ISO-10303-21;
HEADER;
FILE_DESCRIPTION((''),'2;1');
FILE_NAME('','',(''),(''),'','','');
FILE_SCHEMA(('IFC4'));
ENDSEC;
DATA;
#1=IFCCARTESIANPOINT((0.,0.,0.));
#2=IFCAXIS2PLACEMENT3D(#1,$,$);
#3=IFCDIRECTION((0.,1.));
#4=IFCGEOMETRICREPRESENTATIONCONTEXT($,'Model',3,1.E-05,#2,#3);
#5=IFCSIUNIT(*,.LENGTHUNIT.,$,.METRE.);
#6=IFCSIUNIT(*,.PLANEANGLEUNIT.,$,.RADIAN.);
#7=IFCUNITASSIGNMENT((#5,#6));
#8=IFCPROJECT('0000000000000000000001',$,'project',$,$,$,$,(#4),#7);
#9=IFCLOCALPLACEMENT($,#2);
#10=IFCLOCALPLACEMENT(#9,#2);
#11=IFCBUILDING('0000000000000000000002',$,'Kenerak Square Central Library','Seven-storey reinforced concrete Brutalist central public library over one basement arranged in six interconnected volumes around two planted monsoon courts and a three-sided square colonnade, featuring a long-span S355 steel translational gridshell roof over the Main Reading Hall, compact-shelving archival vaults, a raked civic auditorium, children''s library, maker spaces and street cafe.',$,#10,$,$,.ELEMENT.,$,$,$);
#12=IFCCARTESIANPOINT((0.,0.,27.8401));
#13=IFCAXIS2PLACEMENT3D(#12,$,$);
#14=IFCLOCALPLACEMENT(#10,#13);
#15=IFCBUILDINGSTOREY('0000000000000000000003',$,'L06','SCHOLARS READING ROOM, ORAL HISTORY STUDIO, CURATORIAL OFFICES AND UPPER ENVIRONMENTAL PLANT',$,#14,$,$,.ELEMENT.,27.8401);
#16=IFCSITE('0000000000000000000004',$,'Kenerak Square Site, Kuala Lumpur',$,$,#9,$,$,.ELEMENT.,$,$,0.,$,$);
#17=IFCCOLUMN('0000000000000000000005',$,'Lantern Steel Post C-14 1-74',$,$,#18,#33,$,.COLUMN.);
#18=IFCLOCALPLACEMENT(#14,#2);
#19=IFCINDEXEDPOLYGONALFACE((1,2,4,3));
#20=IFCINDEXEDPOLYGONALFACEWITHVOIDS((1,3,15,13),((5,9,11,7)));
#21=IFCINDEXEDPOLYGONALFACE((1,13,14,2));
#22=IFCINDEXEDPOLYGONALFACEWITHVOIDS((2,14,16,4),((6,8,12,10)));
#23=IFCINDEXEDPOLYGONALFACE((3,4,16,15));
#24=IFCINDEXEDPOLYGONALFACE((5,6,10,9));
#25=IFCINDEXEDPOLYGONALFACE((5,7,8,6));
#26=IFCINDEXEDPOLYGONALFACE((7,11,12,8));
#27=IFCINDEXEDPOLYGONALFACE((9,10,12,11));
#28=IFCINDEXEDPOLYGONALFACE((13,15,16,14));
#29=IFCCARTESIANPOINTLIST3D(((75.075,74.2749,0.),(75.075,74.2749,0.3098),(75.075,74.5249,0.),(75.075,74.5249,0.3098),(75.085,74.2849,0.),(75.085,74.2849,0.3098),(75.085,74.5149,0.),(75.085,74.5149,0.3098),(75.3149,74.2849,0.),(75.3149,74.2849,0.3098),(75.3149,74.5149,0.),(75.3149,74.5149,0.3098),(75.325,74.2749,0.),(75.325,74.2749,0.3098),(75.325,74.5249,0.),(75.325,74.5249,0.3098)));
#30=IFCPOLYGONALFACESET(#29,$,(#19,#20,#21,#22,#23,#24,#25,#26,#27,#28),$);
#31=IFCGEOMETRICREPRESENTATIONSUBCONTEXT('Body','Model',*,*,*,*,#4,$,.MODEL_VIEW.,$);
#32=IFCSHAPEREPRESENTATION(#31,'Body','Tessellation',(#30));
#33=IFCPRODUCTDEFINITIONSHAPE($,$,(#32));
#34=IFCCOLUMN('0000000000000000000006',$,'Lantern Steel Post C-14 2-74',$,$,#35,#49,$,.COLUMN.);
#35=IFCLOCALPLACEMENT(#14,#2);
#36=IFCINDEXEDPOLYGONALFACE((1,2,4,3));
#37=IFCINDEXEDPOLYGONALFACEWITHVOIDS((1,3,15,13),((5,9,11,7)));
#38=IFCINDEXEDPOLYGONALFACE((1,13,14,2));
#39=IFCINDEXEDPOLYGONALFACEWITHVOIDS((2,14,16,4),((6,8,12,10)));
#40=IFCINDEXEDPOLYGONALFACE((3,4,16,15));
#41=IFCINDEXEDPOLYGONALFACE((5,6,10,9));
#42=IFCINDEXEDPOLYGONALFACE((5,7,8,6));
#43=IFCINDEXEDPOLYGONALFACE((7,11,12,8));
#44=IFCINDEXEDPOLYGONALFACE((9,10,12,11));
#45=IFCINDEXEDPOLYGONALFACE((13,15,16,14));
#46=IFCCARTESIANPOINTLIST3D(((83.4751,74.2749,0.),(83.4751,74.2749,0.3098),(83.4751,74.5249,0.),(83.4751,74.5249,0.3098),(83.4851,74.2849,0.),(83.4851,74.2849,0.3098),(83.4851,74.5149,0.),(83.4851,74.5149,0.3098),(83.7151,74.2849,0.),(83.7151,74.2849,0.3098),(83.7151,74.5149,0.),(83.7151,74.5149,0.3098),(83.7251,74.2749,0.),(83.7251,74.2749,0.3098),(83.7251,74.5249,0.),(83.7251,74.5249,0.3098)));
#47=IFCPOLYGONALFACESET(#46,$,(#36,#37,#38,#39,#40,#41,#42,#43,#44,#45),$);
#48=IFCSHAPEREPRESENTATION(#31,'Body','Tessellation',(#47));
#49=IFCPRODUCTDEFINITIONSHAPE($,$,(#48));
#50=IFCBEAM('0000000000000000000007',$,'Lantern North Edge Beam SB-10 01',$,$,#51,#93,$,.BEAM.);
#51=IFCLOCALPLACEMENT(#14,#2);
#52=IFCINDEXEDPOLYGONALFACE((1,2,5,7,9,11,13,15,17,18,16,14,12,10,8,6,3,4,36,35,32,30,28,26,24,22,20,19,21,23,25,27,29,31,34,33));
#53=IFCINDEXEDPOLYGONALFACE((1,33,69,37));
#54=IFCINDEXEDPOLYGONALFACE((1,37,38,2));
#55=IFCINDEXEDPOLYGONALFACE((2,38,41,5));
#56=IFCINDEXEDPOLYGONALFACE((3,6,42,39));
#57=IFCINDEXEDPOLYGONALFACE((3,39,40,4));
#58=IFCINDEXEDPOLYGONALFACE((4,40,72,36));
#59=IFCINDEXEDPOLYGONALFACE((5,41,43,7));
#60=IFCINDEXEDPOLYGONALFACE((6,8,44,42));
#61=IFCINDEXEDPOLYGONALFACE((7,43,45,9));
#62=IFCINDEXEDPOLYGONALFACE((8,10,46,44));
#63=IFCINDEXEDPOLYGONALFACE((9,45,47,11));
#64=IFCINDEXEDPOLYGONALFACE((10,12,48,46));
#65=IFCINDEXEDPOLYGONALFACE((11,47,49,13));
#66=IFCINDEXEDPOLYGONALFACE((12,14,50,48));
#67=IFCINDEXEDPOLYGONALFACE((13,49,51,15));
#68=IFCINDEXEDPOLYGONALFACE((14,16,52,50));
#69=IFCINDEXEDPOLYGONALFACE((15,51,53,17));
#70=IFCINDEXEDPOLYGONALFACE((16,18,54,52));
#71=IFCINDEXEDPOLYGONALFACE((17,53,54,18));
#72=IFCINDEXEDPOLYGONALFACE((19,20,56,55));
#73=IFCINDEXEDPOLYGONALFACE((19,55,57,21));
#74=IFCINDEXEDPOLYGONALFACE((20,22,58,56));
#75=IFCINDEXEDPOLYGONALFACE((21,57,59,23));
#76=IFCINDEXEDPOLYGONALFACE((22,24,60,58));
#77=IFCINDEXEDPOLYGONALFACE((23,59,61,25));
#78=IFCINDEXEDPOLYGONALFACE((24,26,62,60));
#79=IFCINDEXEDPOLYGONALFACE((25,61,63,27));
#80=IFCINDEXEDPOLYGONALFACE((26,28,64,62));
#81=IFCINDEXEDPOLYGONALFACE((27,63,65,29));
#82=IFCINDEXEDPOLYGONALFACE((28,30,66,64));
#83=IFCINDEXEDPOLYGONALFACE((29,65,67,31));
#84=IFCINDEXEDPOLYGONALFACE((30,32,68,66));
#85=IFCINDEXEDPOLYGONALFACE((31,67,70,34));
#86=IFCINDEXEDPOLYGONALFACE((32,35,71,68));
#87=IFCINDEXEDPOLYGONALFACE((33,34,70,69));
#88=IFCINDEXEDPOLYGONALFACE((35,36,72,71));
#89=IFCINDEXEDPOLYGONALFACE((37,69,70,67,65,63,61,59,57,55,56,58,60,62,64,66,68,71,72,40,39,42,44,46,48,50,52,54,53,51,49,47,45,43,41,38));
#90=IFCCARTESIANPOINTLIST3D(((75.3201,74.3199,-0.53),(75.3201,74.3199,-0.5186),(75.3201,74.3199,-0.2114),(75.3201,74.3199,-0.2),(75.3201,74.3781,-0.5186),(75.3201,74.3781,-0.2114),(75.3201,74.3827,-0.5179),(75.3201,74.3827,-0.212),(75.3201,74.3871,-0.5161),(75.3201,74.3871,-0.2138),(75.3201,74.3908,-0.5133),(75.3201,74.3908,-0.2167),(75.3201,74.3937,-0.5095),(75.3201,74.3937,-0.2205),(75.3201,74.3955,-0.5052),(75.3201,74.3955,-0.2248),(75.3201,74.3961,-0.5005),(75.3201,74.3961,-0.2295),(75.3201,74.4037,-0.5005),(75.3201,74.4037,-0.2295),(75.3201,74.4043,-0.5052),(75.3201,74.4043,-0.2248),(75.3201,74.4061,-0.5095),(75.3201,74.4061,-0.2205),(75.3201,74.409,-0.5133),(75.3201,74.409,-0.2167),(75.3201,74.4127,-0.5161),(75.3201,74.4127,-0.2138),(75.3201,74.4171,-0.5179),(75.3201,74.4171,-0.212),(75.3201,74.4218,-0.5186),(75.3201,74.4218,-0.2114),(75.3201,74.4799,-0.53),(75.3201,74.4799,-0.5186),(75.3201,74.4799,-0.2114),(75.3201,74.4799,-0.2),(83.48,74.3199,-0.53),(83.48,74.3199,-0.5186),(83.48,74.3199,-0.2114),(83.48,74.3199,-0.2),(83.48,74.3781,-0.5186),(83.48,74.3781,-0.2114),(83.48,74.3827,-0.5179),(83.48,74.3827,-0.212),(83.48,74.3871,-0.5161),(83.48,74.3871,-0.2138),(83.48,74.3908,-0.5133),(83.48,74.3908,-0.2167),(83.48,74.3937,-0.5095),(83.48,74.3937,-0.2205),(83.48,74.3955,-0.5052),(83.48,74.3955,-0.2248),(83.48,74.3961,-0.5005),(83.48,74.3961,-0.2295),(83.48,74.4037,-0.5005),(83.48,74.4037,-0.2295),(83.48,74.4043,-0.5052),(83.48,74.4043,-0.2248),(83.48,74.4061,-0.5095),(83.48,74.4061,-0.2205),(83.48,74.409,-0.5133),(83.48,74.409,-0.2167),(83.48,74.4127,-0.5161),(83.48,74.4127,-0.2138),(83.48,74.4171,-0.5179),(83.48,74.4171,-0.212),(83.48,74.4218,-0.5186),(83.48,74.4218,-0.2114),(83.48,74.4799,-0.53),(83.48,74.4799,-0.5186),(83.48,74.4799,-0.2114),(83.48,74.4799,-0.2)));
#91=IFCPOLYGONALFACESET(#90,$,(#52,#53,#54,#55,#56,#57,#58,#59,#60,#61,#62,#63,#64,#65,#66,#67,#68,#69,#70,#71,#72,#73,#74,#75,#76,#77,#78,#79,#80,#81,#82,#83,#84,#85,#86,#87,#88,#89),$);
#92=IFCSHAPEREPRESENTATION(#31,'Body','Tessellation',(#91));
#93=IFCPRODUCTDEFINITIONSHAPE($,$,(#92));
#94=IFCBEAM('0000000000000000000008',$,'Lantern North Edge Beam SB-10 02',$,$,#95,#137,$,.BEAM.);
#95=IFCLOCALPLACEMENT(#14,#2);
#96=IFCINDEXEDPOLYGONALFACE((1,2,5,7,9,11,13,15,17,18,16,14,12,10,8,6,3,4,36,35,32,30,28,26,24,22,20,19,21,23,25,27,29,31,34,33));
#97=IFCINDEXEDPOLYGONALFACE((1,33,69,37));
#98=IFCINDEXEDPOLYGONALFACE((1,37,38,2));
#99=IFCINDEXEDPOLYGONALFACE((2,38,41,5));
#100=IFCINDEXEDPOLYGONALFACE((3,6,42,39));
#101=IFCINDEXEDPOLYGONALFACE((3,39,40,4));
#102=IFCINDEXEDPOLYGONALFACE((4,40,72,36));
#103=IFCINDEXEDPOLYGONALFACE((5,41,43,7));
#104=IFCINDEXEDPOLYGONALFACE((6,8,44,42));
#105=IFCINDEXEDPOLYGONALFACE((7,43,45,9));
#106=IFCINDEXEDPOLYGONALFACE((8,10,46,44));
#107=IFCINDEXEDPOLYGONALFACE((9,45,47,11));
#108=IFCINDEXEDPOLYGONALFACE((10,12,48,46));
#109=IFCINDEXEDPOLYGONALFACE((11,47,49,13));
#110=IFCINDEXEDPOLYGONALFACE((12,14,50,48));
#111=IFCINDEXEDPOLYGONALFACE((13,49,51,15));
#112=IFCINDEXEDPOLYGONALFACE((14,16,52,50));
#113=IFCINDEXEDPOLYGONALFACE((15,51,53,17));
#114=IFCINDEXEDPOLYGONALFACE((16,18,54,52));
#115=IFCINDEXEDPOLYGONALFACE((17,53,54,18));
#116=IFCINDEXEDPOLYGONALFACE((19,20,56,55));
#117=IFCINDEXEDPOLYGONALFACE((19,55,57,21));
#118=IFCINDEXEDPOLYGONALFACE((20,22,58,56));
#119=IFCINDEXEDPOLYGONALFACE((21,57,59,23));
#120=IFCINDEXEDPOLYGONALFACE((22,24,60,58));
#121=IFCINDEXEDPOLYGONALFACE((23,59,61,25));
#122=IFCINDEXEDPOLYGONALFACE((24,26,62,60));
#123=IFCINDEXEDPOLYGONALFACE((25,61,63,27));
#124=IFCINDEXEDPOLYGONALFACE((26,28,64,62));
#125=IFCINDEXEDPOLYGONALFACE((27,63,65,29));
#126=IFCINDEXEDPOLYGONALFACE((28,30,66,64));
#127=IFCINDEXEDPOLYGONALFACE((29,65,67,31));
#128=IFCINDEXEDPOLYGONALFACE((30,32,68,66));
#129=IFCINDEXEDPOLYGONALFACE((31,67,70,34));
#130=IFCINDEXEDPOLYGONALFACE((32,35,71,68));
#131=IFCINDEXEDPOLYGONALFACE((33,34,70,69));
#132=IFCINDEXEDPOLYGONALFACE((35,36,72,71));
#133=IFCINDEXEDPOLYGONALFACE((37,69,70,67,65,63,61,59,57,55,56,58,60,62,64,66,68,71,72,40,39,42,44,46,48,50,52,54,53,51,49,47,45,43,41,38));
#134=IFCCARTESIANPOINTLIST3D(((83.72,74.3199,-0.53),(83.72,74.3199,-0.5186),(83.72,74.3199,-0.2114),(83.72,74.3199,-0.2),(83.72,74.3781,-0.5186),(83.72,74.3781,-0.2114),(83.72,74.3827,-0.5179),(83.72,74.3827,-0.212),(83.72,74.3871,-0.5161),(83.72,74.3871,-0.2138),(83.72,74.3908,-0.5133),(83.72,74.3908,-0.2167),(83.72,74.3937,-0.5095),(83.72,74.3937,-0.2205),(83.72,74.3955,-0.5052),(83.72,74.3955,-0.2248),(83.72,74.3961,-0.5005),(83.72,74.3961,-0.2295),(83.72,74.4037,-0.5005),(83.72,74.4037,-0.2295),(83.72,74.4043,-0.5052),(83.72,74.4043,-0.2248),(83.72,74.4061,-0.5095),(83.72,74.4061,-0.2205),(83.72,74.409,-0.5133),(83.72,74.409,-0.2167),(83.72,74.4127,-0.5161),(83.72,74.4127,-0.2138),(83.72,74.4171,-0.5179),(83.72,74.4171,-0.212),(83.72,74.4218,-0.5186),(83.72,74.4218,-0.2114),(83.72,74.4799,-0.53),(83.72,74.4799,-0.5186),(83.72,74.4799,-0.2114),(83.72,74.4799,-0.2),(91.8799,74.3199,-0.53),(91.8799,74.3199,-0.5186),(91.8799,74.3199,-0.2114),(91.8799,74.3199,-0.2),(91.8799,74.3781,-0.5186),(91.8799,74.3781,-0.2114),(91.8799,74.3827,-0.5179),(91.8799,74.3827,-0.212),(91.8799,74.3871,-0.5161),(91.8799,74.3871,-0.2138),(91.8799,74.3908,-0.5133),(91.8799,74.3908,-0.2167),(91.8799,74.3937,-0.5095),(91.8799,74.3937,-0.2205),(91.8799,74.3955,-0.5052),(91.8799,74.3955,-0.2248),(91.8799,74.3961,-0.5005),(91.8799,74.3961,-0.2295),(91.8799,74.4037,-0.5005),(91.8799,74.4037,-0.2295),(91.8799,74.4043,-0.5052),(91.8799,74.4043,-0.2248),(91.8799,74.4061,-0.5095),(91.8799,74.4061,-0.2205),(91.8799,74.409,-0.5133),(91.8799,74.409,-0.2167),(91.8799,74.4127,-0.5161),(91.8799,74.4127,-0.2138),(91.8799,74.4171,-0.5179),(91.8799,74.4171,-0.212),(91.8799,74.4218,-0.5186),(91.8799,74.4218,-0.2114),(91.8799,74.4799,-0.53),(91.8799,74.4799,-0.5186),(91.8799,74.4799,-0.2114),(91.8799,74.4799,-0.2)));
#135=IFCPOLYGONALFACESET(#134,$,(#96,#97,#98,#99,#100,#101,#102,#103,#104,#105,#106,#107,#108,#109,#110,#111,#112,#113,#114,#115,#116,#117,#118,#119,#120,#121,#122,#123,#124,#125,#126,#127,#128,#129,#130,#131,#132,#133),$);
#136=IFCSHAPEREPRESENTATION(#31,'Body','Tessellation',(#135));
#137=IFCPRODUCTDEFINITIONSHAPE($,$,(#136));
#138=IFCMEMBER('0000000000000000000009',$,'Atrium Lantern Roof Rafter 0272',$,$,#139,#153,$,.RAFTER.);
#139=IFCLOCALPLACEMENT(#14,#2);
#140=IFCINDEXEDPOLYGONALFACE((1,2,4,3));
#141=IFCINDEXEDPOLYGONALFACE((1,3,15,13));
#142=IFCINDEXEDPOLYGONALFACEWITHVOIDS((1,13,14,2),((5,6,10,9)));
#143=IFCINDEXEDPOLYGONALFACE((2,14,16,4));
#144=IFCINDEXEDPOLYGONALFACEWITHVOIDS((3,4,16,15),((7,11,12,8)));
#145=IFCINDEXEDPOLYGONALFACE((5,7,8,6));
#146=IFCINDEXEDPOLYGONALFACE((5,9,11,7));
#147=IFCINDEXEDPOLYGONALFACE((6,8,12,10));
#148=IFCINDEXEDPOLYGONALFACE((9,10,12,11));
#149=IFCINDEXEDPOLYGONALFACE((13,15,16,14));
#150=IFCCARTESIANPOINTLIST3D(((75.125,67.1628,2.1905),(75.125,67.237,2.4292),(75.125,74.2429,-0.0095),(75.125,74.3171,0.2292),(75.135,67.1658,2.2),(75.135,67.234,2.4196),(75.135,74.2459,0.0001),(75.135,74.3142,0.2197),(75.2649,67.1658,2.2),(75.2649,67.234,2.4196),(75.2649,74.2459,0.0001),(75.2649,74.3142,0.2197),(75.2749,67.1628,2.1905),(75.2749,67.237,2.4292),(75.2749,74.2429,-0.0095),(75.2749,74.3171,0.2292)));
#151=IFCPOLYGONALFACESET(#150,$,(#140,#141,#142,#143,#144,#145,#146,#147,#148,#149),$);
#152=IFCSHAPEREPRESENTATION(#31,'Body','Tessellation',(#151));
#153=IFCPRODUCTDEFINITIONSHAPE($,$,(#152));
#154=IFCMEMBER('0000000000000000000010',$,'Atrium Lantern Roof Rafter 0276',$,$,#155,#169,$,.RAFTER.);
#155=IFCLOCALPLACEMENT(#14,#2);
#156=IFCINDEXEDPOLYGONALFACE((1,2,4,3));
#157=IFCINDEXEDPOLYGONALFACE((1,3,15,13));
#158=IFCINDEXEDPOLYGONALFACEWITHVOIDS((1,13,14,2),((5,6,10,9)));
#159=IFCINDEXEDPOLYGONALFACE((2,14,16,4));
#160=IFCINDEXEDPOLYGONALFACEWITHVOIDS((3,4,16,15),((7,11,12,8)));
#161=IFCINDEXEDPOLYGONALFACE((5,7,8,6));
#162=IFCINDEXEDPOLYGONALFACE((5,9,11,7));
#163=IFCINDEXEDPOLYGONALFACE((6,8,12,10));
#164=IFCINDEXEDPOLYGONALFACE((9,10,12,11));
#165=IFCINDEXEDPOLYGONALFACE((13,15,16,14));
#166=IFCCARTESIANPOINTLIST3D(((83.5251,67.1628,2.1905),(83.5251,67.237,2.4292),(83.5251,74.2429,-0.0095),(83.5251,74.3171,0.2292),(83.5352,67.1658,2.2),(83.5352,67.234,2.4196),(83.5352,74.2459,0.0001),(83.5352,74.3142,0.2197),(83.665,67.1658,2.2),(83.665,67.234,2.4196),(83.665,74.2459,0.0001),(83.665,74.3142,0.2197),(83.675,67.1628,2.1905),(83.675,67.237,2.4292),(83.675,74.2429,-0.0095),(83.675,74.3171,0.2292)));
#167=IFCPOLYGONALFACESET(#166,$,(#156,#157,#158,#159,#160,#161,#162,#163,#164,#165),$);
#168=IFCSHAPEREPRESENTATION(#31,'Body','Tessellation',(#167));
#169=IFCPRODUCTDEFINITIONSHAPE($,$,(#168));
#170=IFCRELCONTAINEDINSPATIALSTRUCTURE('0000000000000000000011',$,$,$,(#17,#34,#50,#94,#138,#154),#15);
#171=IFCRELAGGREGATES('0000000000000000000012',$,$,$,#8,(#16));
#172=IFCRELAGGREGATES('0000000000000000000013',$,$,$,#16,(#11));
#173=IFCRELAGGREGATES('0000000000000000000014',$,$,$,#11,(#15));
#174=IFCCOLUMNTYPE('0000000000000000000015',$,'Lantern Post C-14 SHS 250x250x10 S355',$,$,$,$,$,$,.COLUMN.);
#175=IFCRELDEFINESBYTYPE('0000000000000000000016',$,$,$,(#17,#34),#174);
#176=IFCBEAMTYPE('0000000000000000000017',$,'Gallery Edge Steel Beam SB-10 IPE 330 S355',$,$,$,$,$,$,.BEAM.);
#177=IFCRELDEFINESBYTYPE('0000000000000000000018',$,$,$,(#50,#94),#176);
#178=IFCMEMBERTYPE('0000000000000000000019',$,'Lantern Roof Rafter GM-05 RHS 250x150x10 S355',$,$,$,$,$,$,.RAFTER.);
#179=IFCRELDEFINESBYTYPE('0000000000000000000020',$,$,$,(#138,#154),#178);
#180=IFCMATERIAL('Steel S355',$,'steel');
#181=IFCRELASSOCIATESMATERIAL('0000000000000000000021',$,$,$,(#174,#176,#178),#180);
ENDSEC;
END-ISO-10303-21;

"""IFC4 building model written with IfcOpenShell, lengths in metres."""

from ifc_helpers import new_model, si_unit, direction, frame, origin, origin_2d, place, context, subcontext, project, spatial, hollow_rectangle, i_section, extrude, material, material_profile, profile_set, type_object, element, save


model = new_model("IFC4")

# Units and contexts
model_context = context("Model", 3, precision=1e-05, world=origin(), true_north=direction((0.0, 1.0)))
body_context = subcontext(model_context, "Body", "Model", "MODEL_VIEW")
ifc_project = project(units=[si_unit("LENGTHUNIT", "METRE"), si_unit("PLANEANGLEUNIT", "RADIAN")], contexts=[model_context])

# Site, building, storey
site_placement = place(None, origin())
site = spatial("IfcSite", under=ifc_project, at=site_placement, Name="Kenerak Square Site, Kuala Lumpur", CompositionType="ELEMENT", RefElevation=0.0)
building_placement = place(site_placement, origin())
building = spatial("IfcBuilding", under=site, at=building_placement, Name="Kenerak Square Central Library", Description="Seven-storey reinforced concrete Brutalist central public library over one basement arranged in six interconnected volumes around two planted monsoon courts and a three-sided square colonnade, featuring a long-span S355 steel translational gridshell roof over the Main Reading Hall, compact-shelving archival vaults, a raked civic auditorium, children's library, maker spaces and street cafe.", CompositionType="ELEMENT")
storey_placement = place(building_placement, frame((0.0, 0.0, 27.8401)))
storey = spatial("IfcBuildingStorey", under=building, at=storey_placement, Name="L06", Description="SCHOLARS READING ROOM, ORAL HISTORY STUDIO, CURATORIAL OFFICES AND UPPER ENVIRONMENTAL PLANT", CompositionType="ELEMENT", Elevation=27.8401)

# Columns
ifc_material_1 = material(Name="Steel S355", Category="steel")
ifc_material_profile_1 = material_profile(ifc_material_1, hollow_rectangle(XDim=0.25, YDim=0.25, WallThickness=0.01, at=origin_2d()), Name="SHS 250x250x10.0")
ifc_profile_set_1 = profile_set([ifc_material_profile_1], Name="Steel S355")
column_type = type_object("IfcColumnType", Name="Lantern Post C-14 SHS 250x250x10 S355", PredefinedType="COLUMN", material=ifc_profile_set_1)
for number, where, z_axis, x_axis, name in (
    (1, (75.2, 74.3999, 0.0), (0.0, 0.0, 1.0), (1.0, 0.0, 0.0), "Lantern Steel Post C-14 1-74"),
    (2, (83.6001, 74.3999, 0.0), (0.0, 0.0, 1.0), (1.0, 0.0, 0.0), "Lantern Steel Post C-14 2-74"),
):
    element("IfcColumn", number, at=place(storey_placement, frame(where, z_axis=z_axis, x_axis=x_axis)), inside=storey, type_object=column_type, Name=name, PredefinedType="COLUMN", context=body_context, shape_type="SweptSolid", body=[
        extrude(hollow_rectangle(XDim=0.25, YDim=0.25, WallThickness=0.01, at=origin_2d()), origin(), (0.0, 0.0, 1.0), 0.3098),
    ])

# Beams
ifc_material_profile_2 = material_profile(ifc_material_1, i_section(OverallWidth=0.1599, OverallDepth=0.3301, WebThickness=0.0076, FlangeThickness=0.0115, FilletRadius=0.0181, at=origin_2d()), Name="IPE 330")
ifc_profile_set_2 = profile_set([ifc_material_profile_2], Name="Steel S355")
beam_type_1 = type_object("IfcBeamType", Name="Gallery Edge Steel Beam SB-10 IPE 330 S355", PredefinedType="BEAM", material=ifc_profile_set_2)
for number, where, z_axis, x_axis, name in (
    (3, (75.3201, 74.3999, -0.365), (1.0, 0.0, 0.0), (0.0, 1.0, 0.0), "Lantern North Edge Beam SB-10 01"),
    (4, (83.72, 74.3999, -0.365), (1.0, 0.0, 0.0), (0.0, 1.0, 0.0), "Lantern North Edge Beam SB-10 02"),
):
    element("IfcBeam", number, at=place(storey_placement, frame(where, z_axis=z_axis, x_axis=x_axis)), inside=storey, type_object=beam_type_1, Name=name, PredefinedType="BEAM", context=body_context, shape_type="SweptSolid", body=[
        extrude(i_section(OverallWidth=0.1599, OverallDepth=0.3301, WebThickness=0.0076, FlangeThickness=0.0115, FilletRadius=0.0181, at=origin_2d()), origin(), (0.0, 0.0, 1.0), 8.1599),
    ])

# Members
ifc_material_profile_3 = material_profile(ifc_material_1, hollow_rectangle(XDim=0.1499, YDim=0.25, WallThickness=0.01, at=origin_2d()), Name="RHS 250x150x10.0")
ifc_profile_set_3 = profile_set([ifc_material_profile_3], Name="Steel S355")
member_type_1 = type_object("IfcMemberType", Name="Lantern Roof Rafter GM-05 RHS 250x150x10 S355", PredefinedType="RAFTER", material=ifc_profile_set_3)
for number, where, z_axis, x_axis, name in (
    (5, (75.2, 74.28, 0.1099), (0.0, -0.954962, 0.29673), (1.0, 0.0, 0.0), "Atrium Lantern Roof Rafter 0272"),
    (6, (83.6001, 74.28, 0.1099), (0.0, -0.954962, 0.29673), (1.0, 0.0, 0.0), "Atrium Lantern Roof Rafter 0276"),
):
    element("IfcMember", number, at=place(storey_placement, frame(where, z_axis=z_axis, x_axis=x_axis)), inside=storey, type_object=member_type_1, Name=name, PredefinedType="RAFTER", context=body_context, shape_type="SweptSolid", body=[
        extrude(hollow_rectangle(XDim=0.1499, YDim=0.25, WallThickness=0.01, at=origin_2d()), origin(), (0.0, 0.0, 1.0), 7.4141),
    ])

save(model, "model.ifc")
